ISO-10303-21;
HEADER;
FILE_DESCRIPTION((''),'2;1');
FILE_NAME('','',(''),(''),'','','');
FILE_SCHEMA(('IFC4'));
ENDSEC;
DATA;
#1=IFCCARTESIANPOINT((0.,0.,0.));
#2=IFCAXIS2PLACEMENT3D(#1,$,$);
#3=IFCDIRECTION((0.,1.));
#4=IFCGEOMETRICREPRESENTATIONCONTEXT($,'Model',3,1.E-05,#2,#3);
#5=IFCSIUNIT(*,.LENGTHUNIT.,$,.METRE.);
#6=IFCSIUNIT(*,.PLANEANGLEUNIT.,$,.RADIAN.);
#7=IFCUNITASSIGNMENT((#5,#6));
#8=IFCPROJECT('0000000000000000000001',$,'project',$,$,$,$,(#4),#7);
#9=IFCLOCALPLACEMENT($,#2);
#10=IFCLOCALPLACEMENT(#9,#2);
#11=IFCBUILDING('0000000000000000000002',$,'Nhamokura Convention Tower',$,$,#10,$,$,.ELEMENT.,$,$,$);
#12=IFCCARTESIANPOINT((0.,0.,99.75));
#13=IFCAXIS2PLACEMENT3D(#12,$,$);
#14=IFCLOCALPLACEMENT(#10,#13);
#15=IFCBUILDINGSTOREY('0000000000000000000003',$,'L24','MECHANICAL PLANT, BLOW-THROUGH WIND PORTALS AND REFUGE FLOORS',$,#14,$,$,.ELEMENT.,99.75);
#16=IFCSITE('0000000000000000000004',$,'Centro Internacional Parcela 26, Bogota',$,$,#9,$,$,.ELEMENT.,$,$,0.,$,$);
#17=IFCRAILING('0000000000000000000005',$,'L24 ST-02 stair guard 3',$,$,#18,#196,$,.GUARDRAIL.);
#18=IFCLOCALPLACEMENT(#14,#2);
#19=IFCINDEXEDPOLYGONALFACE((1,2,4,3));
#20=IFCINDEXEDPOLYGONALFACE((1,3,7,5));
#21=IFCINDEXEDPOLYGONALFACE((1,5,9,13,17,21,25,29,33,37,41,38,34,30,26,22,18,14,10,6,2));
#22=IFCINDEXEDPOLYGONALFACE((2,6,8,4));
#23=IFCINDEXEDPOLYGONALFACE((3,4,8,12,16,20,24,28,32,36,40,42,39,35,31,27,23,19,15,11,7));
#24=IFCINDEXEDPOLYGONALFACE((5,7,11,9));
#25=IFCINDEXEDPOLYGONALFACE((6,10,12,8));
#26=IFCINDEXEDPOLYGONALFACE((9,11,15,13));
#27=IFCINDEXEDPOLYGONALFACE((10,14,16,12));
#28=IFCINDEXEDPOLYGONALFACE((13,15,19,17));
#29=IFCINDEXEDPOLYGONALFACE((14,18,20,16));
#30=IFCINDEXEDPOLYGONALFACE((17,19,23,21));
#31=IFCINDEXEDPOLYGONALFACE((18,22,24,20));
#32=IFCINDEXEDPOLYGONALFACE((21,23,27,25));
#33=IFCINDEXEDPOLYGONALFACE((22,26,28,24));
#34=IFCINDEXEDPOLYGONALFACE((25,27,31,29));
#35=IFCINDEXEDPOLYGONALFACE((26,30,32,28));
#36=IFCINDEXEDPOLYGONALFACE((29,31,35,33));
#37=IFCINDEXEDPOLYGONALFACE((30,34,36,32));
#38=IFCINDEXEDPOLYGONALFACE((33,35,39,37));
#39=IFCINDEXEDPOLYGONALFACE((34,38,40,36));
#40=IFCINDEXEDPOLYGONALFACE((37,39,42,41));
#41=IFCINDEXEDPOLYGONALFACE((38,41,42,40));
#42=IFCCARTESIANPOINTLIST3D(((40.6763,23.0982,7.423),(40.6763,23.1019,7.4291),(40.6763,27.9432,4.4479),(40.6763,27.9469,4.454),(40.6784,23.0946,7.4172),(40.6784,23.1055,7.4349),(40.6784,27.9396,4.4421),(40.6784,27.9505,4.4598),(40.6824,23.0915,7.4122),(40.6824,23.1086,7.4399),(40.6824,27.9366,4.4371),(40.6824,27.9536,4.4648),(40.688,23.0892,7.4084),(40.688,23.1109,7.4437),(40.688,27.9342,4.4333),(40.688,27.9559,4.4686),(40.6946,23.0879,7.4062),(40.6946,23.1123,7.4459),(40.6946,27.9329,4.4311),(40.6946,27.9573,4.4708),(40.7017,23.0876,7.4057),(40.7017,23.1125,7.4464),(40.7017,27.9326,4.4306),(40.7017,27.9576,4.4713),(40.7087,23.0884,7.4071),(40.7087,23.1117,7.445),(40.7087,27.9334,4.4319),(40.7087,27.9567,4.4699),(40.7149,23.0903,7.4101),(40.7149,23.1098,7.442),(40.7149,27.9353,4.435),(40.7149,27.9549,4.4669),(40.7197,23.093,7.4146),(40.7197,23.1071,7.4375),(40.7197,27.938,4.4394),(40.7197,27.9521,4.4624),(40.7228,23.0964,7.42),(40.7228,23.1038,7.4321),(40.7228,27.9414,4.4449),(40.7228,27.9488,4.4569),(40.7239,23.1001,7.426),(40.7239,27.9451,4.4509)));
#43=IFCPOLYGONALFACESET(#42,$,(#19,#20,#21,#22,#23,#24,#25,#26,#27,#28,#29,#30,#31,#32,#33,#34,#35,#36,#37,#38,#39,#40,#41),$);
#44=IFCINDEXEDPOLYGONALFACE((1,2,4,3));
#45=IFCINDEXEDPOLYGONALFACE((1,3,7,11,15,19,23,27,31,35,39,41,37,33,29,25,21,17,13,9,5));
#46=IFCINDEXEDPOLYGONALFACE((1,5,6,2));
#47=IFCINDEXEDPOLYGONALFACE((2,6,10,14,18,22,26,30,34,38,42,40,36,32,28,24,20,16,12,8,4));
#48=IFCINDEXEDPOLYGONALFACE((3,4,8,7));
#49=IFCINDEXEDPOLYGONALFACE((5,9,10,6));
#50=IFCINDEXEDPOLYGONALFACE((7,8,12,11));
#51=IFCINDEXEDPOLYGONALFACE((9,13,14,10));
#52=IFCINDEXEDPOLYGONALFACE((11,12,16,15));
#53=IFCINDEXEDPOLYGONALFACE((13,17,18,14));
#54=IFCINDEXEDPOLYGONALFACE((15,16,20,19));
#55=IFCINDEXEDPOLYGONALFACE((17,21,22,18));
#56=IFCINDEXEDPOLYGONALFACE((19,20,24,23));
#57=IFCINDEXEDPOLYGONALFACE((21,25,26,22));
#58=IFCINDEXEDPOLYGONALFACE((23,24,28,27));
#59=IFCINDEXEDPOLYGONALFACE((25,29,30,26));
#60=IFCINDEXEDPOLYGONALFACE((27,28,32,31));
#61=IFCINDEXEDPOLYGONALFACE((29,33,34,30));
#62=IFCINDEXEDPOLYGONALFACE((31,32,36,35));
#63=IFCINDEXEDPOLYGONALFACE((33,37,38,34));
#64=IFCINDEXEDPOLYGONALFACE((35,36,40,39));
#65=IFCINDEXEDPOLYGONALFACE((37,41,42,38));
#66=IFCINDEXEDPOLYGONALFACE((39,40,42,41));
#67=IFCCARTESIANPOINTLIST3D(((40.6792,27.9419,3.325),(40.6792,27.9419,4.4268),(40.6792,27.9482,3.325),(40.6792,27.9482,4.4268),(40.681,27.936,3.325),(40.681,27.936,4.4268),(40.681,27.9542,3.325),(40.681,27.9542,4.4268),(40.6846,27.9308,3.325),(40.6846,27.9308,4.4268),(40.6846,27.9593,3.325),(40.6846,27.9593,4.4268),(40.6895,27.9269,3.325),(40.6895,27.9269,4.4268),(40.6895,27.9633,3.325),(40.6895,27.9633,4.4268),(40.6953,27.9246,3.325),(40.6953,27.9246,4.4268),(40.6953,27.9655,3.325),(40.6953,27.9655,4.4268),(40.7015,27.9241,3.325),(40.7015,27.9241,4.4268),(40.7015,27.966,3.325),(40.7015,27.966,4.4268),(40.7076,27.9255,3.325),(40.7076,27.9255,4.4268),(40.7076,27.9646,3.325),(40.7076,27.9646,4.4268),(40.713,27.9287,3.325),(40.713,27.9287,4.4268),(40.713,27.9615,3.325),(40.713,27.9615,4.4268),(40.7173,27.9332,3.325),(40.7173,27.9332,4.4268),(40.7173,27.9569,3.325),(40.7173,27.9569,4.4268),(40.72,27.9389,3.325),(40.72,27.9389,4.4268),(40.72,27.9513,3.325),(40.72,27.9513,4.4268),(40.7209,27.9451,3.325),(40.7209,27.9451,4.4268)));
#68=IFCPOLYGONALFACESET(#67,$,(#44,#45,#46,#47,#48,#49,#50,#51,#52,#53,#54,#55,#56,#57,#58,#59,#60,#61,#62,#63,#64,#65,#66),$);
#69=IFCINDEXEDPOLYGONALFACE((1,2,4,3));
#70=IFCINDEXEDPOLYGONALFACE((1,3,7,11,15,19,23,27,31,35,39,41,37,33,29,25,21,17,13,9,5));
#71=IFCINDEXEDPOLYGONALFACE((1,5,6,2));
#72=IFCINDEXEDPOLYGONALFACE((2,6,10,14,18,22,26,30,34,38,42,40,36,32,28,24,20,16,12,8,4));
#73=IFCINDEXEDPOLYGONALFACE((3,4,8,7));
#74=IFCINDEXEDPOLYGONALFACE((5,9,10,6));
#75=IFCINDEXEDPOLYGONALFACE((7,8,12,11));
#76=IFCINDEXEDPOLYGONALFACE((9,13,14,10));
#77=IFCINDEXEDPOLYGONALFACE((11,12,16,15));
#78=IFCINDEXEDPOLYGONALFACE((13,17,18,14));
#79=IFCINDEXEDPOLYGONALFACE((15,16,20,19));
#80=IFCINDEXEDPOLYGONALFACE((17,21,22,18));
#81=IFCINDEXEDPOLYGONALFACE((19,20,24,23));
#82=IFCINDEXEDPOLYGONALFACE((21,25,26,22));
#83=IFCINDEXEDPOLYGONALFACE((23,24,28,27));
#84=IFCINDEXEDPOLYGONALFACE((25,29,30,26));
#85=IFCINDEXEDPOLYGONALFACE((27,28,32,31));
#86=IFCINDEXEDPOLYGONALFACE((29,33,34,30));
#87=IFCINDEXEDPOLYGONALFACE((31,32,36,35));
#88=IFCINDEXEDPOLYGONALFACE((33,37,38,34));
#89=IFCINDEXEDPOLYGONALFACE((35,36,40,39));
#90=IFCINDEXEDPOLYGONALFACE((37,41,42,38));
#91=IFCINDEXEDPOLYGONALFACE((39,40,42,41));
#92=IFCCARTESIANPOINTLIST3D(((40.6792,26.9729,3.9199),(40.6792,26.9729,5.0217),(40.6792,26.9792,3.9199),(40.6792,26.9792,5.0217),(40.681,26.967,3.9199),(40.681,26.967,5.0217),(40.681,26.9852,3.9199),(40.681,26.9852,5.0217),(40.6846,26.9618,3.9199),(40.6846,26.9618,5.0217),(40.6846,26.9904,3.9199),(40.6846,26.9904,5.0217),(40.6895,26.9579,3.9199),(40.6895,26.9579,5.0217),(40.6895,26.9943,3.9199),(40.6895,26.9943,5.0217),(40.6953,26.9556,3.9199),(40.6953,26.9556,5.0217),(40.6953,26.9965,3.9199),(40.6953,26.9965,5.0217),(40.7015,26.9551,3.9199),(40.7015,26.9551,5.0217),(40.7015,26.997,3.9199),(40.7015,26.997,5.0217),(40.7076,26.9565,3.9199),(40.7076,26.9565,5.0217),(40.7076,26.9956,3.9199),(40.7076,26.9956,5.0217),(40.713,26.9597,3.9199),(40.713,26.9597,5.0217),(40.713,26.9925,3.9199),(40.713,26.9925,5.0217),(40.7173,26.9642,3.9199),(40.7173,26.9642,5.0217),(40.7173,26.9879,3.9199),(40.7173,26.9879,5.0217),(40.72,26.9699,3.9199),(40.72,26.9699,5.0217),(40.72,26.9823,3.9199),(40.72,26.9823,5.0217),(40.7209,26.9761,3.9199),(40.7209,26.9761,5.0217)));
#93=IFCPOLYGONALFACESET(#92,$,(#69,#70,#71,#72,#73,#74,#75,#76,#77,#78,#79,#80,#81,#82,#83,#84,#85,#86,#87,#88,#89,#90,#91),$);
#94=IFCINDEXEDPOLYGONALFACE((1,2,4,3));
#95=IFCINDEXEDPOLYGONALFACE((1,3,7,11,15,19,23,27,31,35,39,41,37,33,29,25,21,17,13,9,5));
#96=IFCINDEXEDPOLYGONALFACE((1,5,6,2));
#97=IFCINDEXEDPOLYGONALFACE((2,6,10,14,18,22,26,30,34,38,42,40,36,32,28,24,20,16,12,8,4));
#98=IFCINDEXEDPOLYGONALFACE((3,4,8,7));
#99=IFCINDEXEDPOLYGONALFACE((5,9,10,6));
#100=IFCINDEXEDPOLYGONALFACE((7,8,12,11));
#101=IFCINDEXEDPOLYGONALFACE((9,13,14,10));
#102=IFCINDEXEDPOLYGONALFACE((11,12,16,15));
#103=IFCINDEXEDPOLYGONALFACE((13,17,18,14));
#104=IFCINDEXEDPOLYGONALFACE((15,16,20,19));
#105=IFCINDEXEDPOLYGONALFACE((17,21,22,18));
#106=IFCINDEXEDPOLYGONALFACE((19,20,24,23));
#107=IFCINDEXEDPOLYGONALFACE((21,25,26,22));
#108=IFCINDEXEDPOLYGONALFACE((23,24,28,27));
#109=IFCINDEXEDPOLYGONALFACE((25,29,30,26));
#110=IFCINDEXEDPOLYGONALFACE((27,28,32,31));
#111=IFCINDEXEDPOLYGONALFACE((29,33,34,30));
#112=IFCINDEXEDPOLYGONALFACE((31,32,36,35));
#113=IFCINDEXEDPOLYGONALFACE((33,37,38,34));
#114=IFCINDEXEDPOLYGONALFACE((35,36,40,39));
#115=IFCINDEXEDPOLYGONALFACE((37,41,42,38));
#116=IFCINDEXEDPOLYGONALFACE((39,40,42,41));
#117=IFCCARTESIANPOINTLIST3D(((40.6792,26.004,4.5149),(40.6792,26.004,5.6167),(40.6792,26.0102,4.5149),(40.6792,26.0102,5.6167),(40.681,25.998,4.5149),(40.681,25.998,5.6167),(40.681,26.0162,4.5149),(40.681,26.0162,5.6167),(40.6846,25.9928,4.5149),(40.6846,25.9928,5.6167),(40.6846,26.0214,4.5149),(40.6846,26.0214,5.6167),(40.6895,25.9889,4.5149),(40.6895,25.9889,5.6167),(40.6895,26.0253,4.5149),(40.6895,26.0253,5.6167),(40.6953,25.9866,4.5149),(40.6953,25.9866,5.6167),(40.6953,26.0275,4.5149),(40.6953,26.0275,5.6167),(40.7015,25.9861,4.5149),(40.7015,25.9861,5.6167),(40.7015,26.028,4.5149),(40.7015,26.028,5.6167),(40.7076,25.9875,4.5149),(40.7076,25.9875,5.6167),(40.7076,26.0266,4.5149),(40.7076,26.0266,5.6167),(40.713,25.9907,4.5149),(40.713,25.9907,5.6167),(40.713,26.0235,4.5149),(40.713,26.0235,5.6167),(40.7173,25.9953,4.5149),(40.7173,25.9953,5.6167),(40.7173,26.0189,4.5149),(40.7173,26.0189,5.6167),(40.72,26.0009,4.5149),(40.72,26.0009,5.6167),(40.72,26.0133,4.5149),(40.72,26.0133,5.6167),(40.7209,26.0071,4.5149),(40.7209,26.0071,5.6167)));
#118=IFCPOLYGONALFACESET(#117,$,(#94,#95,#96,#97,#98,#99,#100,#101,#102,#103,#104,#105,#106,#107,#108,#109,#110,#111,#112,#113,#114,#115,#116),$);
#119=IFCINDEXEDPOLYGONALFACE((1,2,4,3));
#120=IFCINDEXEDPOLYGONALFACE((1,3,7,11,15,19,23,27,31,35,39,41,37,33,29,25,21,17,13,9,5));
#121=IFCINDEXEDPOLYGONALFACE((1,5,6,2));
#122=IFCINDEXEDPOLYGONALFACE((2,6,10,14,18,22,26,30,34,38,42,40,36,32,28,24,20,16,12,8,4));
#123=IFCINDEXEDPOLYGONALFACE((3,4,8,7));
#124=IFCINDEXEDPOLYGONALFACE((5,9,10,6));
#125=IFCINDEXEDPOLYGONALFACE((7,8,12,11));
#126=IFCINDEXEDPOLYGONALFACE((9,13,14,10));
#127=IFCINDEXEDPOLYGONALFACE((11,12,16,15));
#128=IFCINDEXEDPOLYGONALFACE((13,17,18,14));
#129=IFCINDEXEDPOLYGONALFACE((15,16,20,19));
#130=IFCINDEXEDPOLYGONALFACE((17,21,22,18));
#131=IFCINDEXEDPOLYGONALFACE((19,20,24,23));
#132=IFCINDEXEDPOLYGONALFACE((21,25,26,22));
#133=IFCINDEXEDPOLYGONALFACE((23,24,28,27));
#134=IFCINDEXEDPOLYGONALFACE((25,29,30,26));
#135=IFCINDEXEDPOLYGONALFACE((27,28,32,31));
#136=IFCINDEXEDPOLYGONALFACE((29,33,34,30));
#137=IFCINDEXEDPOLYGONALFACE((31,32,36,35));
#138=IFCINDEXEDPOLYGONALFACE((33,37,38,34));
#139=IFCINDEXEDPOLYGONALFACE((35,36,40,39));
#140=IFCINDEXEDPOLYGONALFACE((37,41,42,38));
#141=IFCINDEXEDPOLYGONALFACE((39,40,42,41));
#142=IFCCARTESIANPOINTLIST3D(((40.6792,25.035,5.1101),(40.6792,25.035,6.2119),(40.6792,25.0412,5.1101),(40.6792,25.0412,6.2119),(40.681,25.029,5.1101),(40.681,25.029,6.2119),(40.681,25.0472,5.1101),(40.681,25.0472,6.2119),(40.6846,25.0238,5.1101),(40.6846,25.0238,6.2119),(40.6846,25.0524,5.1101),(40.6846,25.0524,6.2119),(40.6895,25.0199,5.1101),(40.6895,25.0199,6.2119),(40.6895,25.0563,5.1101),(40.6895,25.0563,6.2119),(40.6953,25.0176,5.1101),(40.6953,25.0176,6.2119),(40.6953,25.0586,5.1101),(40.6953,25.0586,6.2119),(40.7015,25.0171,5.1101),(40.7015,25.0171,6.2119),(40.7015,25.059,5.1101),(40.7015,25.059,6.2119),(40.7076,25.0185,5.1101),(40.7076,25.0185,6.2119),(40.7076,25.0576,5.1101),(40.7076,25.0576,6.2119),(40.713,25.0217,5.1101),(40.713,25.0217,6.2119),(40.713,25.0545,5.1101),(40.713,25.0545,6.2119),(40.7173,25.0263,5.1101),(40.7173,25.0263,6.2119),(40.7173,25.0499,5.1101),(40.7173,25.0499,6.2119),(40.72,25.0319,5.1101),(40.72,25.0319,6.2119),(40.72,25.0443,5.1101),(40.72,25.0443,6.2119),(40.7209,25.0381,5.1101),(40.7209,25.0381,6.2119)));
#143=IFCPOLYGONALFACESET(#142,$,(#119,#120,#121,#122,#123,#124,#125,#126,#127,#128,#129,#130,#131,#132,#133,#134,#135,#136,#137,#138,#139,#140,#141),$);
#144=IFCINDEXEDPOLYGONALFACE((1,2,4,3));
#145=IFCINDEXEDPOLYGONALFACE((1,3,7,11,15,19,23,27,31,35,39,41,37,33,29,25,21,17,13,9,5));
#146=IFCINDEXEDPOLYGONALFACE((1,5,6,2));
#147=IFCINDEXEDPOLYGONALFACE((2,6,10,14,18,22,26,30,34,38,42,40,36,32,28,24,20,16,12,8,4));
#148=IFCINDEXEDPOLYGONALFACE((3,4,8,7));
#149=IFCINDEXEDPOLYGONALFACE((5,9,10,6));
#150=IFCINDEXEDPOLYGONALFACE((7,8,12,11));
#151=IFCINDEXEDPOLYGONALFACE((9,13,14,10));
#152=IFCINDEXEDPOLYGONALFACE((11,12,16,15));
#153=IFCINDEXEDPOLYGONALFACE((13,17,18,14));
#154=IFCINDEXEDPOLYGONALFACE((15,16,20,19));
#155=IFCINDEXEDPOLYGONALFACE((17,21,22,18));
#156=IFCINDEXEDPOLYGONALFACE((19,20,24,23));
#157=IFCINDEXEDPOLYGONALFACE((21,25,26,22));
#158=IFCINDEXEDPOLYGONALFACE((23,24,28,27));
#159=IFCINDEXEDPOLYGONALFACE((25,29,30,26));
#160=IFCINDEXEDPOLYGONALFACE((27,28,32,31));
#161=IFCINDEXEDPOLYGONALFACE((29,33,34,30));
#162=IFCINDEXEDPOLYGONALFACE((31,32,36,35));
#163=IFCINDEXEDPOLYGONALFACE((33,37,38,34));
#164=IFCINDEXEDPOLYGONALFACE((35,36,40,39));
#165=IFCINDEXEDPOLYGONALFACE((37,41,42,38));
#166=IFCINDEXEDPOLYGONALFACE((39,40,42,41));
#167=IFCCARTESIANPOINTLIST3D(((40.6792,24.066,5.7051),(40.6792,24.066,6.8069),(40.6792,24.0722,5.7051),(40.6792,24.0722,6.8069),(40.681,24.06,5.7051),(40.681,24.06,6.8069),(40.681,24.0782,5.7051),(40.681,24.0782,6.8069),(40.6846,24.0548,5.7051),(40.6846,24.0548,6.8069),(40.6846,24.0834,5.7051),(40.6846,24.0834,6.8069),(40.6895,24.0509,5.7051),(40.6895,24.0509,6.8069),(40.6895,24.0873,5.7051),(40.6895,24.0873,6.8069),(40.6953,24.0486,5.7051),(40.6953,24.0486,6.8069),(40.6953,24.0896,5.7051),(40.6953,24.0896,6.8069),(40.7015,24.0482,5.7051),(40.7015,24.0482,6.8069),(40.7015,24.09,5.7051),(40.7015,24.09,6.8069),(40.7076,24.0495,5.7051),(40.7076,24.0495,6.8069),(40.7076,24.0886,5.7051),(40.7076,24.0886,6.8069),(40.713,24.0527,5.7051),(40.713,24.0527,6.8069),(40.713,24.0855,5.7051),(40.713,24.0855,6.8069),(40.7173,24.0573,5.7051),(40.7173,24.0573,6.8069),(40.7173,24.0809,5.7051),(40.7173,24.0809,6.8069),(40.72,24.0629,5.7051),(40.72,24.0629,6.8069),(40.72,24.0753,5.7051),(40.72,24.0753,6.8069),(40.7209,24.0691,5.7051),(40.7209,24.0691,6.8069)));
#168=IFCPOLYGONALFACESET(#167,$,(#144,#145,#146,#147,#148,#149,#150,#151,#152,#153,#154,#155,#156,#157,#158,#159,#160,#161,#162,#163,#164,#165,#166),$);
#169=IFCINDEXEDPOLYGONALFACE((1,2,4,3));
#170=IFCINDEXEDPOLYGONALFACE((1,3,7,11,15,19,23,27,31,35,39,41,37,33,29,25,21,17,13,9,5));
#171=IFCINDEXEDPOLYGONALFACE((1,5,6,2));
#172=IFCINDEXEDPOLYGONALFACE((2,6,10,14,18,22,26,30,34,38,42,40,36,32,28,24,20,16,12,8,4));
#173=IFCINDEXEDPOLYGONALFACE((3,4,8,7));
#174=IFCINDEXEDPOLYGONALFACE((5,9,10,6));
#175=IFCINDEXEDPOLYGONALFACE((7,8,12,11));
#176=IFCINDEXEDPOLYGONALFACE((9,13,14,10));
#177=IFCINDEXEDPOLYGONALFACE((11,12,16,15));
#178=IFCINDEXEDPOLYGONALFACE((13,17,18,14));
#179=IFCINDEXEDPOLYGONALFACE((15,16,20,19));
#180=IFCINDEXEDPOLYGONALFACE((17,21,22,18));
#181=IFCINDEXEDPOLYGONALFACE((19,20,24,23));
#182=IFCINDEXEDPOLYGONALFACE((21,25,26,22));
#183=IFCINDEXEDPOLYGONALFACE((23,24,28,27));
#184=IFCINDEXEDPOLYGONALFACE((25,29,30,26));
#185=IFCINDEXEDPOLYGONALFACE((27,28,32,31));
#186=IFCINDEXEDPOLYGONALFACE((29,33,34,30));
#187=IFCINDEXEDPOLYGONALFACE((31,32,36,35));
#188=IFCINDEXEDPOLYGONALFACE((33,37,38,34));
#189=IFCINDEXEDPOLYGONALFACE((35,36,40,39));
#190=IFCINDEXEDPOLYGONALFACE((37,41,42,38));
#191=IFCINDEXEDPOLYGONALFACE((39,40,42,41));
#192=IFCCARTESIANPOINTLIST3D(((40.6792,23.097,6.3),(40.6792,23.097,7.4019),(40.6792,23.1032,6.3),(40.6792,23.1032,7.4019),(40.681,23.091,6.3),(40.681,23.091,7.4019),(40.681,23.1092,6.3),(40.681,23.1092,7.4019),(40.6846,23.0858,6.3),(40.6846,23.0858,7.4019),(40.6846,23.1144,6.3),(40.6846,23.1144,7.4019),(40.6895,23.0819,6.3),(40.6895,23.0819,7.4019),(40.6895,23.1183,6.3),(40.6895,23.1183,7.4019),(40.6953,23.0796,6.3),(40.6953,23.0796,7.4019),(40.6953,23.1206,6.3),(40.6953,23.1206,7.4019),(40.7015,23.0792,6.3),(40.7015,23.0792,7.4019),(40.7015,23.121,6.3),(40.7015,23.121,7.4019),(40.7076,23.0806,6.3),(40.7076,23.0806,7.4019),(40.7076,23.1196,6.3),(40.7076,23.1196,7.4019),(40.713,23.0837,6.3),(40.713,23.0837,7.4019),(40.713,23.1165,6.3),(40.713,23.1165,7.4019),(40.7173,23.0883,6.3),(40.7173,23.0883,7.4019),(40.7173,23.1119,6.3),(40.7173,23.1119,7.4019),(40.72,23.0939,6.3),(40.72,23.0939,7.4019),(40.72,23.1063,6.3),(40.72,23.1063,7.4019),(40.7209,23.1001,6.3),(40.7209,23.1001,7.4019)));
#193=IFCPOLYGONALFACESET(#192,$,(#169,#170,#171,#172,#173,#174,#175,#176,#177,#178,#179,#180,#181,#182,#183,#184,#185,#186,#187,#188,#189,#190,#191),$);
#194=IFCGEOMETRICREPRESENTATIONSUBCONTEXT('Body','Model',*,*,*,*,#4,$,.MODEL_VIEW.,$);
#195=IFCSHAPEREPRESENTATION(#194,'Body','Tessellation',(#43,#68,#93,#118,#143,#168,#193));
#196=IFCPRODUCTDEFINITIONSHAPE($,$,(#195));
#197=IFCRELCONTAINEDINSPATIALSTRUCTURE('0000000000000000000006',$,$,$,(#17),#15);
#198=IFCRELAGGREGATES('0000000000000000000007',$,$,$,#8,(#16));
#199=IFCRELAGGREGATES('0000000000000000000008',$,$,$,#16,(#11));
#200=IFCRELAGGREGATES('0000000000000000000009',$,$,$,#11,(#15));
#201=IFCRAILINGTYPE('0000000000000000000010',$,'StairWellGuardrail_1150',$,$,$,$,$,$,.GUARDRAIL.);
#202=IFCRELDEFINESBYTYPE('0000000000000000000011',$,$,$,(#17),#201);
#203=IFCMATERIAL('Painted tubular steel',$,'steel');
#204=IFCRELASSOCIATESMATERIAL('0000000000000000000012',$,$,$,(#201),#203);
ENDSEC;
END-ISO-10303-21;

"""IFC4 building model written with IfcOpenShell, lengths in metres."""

from ifc_helpers import new_model, si_unit, direction, frame, origin, origin_2d, place, context, subcontext, project, spatial, circle, extrude, material, type_object, element, save


model = new_model("IFC4")

# Units and contexts
model_context = context("Model", 3, precision=1e-05, world=origin(), true_north=direction((0.0, 1.0)))
body_context = subcontext(model_context, "Body", "Model", "MODEL_VIEW")
ifc_project = project(units=[si_unit("LENGTHUNIT", "METRE"), si_unit("PLANEANGLEUNIT", "RADIAN")], contexts=[model_context])

# Site, building, storey
site_placement = place(None, origin())
site = spatial("IfcSite", under=ifc_project, at=site_placement, Name="Centro Internacional Parcela 26, Bogota", CompositionType="ELEMENT", RefElevation=0.0)
building_placement = place(site_placement, origin())
building = spatial("IfcBuilding", under=site, at=building_placement, Name="Nhamokura Convention Tower", CompositionType="ELEMENT")
storey_placement = place(building_placement, frame((0.0, 0.0, 99.75)))
storey = spatial("IfcBuildingStorey", under=building, at=storey_placement, Name="L24", Description="MECHANICAL PLANT, BLOW-THROUGH WIND PORTALS AND REFUGE FLOORS", CompositionType="ELEMENT", Elevation=99.75)

# Railing
ifc_material_1 = material(Name="Painted tubular steel", Category="steel")
railing_type_1 = type_object("IfcRailingType", Name="StairWellGuardrail_1150", PredefinedType="GUARDRAIL", material=ifc_material_1)
railing_1_placement = place(storey_placement, frame((40.7, 27.9451, 3.325)))
element("IfcRailing", 1, at=railing_1_placement, inside=storey, type_object=railing_type_1, Name="L24 ST-02 stair guard 3", PredefinedType="GUARDRAIL", context=body_context, shape_type="SweptSolid", body=[
    extrude(circle(Radius=0.0239, at=origin_2d()), frame((0.0, 0.0, 1.126), z_axis=(0.0, -0.852162, 0.523278), x_axis=(1.0, 0.0, 0.0)), (0.0, 0.0, 1.0), 5.6855),
    extrude(circle(Radius=0.021, at=origin_2d()), origin(), (0.0, 0.0, 1.0), 1.1018),
    extrude(circle(Radius=0.021, at=origin_2d()), frame((0.0, -0.969, 0.595)), (0.0, 0.0, 1.0), 1.1018),
    extrude(circle(Radius=0.021, at=origin_2d()), frame((0.0, -1.938, 1.1899)), (0.0, 0.0, 1.0), 1.1018),
    extrude(circle(Radius=0.021, at=origin_2d()), frame((0.0, -2.907, 1.7852)), (0.0, 0.0, 1.0), 1.1018),
    extrude(circle(Radius=0.021, at=origin_2d()), frame((0.0, -3.876, 2.3801)), (0.0, 0.0, 1.0), 1.1018),
    extrude(circle(Radius=0.021, at=origin_2d()), frame((0.0, -4.845, 2.9751)), (0.0, 0.0, 1.0), 1.1018),
])

save(model, "model.ifc")
